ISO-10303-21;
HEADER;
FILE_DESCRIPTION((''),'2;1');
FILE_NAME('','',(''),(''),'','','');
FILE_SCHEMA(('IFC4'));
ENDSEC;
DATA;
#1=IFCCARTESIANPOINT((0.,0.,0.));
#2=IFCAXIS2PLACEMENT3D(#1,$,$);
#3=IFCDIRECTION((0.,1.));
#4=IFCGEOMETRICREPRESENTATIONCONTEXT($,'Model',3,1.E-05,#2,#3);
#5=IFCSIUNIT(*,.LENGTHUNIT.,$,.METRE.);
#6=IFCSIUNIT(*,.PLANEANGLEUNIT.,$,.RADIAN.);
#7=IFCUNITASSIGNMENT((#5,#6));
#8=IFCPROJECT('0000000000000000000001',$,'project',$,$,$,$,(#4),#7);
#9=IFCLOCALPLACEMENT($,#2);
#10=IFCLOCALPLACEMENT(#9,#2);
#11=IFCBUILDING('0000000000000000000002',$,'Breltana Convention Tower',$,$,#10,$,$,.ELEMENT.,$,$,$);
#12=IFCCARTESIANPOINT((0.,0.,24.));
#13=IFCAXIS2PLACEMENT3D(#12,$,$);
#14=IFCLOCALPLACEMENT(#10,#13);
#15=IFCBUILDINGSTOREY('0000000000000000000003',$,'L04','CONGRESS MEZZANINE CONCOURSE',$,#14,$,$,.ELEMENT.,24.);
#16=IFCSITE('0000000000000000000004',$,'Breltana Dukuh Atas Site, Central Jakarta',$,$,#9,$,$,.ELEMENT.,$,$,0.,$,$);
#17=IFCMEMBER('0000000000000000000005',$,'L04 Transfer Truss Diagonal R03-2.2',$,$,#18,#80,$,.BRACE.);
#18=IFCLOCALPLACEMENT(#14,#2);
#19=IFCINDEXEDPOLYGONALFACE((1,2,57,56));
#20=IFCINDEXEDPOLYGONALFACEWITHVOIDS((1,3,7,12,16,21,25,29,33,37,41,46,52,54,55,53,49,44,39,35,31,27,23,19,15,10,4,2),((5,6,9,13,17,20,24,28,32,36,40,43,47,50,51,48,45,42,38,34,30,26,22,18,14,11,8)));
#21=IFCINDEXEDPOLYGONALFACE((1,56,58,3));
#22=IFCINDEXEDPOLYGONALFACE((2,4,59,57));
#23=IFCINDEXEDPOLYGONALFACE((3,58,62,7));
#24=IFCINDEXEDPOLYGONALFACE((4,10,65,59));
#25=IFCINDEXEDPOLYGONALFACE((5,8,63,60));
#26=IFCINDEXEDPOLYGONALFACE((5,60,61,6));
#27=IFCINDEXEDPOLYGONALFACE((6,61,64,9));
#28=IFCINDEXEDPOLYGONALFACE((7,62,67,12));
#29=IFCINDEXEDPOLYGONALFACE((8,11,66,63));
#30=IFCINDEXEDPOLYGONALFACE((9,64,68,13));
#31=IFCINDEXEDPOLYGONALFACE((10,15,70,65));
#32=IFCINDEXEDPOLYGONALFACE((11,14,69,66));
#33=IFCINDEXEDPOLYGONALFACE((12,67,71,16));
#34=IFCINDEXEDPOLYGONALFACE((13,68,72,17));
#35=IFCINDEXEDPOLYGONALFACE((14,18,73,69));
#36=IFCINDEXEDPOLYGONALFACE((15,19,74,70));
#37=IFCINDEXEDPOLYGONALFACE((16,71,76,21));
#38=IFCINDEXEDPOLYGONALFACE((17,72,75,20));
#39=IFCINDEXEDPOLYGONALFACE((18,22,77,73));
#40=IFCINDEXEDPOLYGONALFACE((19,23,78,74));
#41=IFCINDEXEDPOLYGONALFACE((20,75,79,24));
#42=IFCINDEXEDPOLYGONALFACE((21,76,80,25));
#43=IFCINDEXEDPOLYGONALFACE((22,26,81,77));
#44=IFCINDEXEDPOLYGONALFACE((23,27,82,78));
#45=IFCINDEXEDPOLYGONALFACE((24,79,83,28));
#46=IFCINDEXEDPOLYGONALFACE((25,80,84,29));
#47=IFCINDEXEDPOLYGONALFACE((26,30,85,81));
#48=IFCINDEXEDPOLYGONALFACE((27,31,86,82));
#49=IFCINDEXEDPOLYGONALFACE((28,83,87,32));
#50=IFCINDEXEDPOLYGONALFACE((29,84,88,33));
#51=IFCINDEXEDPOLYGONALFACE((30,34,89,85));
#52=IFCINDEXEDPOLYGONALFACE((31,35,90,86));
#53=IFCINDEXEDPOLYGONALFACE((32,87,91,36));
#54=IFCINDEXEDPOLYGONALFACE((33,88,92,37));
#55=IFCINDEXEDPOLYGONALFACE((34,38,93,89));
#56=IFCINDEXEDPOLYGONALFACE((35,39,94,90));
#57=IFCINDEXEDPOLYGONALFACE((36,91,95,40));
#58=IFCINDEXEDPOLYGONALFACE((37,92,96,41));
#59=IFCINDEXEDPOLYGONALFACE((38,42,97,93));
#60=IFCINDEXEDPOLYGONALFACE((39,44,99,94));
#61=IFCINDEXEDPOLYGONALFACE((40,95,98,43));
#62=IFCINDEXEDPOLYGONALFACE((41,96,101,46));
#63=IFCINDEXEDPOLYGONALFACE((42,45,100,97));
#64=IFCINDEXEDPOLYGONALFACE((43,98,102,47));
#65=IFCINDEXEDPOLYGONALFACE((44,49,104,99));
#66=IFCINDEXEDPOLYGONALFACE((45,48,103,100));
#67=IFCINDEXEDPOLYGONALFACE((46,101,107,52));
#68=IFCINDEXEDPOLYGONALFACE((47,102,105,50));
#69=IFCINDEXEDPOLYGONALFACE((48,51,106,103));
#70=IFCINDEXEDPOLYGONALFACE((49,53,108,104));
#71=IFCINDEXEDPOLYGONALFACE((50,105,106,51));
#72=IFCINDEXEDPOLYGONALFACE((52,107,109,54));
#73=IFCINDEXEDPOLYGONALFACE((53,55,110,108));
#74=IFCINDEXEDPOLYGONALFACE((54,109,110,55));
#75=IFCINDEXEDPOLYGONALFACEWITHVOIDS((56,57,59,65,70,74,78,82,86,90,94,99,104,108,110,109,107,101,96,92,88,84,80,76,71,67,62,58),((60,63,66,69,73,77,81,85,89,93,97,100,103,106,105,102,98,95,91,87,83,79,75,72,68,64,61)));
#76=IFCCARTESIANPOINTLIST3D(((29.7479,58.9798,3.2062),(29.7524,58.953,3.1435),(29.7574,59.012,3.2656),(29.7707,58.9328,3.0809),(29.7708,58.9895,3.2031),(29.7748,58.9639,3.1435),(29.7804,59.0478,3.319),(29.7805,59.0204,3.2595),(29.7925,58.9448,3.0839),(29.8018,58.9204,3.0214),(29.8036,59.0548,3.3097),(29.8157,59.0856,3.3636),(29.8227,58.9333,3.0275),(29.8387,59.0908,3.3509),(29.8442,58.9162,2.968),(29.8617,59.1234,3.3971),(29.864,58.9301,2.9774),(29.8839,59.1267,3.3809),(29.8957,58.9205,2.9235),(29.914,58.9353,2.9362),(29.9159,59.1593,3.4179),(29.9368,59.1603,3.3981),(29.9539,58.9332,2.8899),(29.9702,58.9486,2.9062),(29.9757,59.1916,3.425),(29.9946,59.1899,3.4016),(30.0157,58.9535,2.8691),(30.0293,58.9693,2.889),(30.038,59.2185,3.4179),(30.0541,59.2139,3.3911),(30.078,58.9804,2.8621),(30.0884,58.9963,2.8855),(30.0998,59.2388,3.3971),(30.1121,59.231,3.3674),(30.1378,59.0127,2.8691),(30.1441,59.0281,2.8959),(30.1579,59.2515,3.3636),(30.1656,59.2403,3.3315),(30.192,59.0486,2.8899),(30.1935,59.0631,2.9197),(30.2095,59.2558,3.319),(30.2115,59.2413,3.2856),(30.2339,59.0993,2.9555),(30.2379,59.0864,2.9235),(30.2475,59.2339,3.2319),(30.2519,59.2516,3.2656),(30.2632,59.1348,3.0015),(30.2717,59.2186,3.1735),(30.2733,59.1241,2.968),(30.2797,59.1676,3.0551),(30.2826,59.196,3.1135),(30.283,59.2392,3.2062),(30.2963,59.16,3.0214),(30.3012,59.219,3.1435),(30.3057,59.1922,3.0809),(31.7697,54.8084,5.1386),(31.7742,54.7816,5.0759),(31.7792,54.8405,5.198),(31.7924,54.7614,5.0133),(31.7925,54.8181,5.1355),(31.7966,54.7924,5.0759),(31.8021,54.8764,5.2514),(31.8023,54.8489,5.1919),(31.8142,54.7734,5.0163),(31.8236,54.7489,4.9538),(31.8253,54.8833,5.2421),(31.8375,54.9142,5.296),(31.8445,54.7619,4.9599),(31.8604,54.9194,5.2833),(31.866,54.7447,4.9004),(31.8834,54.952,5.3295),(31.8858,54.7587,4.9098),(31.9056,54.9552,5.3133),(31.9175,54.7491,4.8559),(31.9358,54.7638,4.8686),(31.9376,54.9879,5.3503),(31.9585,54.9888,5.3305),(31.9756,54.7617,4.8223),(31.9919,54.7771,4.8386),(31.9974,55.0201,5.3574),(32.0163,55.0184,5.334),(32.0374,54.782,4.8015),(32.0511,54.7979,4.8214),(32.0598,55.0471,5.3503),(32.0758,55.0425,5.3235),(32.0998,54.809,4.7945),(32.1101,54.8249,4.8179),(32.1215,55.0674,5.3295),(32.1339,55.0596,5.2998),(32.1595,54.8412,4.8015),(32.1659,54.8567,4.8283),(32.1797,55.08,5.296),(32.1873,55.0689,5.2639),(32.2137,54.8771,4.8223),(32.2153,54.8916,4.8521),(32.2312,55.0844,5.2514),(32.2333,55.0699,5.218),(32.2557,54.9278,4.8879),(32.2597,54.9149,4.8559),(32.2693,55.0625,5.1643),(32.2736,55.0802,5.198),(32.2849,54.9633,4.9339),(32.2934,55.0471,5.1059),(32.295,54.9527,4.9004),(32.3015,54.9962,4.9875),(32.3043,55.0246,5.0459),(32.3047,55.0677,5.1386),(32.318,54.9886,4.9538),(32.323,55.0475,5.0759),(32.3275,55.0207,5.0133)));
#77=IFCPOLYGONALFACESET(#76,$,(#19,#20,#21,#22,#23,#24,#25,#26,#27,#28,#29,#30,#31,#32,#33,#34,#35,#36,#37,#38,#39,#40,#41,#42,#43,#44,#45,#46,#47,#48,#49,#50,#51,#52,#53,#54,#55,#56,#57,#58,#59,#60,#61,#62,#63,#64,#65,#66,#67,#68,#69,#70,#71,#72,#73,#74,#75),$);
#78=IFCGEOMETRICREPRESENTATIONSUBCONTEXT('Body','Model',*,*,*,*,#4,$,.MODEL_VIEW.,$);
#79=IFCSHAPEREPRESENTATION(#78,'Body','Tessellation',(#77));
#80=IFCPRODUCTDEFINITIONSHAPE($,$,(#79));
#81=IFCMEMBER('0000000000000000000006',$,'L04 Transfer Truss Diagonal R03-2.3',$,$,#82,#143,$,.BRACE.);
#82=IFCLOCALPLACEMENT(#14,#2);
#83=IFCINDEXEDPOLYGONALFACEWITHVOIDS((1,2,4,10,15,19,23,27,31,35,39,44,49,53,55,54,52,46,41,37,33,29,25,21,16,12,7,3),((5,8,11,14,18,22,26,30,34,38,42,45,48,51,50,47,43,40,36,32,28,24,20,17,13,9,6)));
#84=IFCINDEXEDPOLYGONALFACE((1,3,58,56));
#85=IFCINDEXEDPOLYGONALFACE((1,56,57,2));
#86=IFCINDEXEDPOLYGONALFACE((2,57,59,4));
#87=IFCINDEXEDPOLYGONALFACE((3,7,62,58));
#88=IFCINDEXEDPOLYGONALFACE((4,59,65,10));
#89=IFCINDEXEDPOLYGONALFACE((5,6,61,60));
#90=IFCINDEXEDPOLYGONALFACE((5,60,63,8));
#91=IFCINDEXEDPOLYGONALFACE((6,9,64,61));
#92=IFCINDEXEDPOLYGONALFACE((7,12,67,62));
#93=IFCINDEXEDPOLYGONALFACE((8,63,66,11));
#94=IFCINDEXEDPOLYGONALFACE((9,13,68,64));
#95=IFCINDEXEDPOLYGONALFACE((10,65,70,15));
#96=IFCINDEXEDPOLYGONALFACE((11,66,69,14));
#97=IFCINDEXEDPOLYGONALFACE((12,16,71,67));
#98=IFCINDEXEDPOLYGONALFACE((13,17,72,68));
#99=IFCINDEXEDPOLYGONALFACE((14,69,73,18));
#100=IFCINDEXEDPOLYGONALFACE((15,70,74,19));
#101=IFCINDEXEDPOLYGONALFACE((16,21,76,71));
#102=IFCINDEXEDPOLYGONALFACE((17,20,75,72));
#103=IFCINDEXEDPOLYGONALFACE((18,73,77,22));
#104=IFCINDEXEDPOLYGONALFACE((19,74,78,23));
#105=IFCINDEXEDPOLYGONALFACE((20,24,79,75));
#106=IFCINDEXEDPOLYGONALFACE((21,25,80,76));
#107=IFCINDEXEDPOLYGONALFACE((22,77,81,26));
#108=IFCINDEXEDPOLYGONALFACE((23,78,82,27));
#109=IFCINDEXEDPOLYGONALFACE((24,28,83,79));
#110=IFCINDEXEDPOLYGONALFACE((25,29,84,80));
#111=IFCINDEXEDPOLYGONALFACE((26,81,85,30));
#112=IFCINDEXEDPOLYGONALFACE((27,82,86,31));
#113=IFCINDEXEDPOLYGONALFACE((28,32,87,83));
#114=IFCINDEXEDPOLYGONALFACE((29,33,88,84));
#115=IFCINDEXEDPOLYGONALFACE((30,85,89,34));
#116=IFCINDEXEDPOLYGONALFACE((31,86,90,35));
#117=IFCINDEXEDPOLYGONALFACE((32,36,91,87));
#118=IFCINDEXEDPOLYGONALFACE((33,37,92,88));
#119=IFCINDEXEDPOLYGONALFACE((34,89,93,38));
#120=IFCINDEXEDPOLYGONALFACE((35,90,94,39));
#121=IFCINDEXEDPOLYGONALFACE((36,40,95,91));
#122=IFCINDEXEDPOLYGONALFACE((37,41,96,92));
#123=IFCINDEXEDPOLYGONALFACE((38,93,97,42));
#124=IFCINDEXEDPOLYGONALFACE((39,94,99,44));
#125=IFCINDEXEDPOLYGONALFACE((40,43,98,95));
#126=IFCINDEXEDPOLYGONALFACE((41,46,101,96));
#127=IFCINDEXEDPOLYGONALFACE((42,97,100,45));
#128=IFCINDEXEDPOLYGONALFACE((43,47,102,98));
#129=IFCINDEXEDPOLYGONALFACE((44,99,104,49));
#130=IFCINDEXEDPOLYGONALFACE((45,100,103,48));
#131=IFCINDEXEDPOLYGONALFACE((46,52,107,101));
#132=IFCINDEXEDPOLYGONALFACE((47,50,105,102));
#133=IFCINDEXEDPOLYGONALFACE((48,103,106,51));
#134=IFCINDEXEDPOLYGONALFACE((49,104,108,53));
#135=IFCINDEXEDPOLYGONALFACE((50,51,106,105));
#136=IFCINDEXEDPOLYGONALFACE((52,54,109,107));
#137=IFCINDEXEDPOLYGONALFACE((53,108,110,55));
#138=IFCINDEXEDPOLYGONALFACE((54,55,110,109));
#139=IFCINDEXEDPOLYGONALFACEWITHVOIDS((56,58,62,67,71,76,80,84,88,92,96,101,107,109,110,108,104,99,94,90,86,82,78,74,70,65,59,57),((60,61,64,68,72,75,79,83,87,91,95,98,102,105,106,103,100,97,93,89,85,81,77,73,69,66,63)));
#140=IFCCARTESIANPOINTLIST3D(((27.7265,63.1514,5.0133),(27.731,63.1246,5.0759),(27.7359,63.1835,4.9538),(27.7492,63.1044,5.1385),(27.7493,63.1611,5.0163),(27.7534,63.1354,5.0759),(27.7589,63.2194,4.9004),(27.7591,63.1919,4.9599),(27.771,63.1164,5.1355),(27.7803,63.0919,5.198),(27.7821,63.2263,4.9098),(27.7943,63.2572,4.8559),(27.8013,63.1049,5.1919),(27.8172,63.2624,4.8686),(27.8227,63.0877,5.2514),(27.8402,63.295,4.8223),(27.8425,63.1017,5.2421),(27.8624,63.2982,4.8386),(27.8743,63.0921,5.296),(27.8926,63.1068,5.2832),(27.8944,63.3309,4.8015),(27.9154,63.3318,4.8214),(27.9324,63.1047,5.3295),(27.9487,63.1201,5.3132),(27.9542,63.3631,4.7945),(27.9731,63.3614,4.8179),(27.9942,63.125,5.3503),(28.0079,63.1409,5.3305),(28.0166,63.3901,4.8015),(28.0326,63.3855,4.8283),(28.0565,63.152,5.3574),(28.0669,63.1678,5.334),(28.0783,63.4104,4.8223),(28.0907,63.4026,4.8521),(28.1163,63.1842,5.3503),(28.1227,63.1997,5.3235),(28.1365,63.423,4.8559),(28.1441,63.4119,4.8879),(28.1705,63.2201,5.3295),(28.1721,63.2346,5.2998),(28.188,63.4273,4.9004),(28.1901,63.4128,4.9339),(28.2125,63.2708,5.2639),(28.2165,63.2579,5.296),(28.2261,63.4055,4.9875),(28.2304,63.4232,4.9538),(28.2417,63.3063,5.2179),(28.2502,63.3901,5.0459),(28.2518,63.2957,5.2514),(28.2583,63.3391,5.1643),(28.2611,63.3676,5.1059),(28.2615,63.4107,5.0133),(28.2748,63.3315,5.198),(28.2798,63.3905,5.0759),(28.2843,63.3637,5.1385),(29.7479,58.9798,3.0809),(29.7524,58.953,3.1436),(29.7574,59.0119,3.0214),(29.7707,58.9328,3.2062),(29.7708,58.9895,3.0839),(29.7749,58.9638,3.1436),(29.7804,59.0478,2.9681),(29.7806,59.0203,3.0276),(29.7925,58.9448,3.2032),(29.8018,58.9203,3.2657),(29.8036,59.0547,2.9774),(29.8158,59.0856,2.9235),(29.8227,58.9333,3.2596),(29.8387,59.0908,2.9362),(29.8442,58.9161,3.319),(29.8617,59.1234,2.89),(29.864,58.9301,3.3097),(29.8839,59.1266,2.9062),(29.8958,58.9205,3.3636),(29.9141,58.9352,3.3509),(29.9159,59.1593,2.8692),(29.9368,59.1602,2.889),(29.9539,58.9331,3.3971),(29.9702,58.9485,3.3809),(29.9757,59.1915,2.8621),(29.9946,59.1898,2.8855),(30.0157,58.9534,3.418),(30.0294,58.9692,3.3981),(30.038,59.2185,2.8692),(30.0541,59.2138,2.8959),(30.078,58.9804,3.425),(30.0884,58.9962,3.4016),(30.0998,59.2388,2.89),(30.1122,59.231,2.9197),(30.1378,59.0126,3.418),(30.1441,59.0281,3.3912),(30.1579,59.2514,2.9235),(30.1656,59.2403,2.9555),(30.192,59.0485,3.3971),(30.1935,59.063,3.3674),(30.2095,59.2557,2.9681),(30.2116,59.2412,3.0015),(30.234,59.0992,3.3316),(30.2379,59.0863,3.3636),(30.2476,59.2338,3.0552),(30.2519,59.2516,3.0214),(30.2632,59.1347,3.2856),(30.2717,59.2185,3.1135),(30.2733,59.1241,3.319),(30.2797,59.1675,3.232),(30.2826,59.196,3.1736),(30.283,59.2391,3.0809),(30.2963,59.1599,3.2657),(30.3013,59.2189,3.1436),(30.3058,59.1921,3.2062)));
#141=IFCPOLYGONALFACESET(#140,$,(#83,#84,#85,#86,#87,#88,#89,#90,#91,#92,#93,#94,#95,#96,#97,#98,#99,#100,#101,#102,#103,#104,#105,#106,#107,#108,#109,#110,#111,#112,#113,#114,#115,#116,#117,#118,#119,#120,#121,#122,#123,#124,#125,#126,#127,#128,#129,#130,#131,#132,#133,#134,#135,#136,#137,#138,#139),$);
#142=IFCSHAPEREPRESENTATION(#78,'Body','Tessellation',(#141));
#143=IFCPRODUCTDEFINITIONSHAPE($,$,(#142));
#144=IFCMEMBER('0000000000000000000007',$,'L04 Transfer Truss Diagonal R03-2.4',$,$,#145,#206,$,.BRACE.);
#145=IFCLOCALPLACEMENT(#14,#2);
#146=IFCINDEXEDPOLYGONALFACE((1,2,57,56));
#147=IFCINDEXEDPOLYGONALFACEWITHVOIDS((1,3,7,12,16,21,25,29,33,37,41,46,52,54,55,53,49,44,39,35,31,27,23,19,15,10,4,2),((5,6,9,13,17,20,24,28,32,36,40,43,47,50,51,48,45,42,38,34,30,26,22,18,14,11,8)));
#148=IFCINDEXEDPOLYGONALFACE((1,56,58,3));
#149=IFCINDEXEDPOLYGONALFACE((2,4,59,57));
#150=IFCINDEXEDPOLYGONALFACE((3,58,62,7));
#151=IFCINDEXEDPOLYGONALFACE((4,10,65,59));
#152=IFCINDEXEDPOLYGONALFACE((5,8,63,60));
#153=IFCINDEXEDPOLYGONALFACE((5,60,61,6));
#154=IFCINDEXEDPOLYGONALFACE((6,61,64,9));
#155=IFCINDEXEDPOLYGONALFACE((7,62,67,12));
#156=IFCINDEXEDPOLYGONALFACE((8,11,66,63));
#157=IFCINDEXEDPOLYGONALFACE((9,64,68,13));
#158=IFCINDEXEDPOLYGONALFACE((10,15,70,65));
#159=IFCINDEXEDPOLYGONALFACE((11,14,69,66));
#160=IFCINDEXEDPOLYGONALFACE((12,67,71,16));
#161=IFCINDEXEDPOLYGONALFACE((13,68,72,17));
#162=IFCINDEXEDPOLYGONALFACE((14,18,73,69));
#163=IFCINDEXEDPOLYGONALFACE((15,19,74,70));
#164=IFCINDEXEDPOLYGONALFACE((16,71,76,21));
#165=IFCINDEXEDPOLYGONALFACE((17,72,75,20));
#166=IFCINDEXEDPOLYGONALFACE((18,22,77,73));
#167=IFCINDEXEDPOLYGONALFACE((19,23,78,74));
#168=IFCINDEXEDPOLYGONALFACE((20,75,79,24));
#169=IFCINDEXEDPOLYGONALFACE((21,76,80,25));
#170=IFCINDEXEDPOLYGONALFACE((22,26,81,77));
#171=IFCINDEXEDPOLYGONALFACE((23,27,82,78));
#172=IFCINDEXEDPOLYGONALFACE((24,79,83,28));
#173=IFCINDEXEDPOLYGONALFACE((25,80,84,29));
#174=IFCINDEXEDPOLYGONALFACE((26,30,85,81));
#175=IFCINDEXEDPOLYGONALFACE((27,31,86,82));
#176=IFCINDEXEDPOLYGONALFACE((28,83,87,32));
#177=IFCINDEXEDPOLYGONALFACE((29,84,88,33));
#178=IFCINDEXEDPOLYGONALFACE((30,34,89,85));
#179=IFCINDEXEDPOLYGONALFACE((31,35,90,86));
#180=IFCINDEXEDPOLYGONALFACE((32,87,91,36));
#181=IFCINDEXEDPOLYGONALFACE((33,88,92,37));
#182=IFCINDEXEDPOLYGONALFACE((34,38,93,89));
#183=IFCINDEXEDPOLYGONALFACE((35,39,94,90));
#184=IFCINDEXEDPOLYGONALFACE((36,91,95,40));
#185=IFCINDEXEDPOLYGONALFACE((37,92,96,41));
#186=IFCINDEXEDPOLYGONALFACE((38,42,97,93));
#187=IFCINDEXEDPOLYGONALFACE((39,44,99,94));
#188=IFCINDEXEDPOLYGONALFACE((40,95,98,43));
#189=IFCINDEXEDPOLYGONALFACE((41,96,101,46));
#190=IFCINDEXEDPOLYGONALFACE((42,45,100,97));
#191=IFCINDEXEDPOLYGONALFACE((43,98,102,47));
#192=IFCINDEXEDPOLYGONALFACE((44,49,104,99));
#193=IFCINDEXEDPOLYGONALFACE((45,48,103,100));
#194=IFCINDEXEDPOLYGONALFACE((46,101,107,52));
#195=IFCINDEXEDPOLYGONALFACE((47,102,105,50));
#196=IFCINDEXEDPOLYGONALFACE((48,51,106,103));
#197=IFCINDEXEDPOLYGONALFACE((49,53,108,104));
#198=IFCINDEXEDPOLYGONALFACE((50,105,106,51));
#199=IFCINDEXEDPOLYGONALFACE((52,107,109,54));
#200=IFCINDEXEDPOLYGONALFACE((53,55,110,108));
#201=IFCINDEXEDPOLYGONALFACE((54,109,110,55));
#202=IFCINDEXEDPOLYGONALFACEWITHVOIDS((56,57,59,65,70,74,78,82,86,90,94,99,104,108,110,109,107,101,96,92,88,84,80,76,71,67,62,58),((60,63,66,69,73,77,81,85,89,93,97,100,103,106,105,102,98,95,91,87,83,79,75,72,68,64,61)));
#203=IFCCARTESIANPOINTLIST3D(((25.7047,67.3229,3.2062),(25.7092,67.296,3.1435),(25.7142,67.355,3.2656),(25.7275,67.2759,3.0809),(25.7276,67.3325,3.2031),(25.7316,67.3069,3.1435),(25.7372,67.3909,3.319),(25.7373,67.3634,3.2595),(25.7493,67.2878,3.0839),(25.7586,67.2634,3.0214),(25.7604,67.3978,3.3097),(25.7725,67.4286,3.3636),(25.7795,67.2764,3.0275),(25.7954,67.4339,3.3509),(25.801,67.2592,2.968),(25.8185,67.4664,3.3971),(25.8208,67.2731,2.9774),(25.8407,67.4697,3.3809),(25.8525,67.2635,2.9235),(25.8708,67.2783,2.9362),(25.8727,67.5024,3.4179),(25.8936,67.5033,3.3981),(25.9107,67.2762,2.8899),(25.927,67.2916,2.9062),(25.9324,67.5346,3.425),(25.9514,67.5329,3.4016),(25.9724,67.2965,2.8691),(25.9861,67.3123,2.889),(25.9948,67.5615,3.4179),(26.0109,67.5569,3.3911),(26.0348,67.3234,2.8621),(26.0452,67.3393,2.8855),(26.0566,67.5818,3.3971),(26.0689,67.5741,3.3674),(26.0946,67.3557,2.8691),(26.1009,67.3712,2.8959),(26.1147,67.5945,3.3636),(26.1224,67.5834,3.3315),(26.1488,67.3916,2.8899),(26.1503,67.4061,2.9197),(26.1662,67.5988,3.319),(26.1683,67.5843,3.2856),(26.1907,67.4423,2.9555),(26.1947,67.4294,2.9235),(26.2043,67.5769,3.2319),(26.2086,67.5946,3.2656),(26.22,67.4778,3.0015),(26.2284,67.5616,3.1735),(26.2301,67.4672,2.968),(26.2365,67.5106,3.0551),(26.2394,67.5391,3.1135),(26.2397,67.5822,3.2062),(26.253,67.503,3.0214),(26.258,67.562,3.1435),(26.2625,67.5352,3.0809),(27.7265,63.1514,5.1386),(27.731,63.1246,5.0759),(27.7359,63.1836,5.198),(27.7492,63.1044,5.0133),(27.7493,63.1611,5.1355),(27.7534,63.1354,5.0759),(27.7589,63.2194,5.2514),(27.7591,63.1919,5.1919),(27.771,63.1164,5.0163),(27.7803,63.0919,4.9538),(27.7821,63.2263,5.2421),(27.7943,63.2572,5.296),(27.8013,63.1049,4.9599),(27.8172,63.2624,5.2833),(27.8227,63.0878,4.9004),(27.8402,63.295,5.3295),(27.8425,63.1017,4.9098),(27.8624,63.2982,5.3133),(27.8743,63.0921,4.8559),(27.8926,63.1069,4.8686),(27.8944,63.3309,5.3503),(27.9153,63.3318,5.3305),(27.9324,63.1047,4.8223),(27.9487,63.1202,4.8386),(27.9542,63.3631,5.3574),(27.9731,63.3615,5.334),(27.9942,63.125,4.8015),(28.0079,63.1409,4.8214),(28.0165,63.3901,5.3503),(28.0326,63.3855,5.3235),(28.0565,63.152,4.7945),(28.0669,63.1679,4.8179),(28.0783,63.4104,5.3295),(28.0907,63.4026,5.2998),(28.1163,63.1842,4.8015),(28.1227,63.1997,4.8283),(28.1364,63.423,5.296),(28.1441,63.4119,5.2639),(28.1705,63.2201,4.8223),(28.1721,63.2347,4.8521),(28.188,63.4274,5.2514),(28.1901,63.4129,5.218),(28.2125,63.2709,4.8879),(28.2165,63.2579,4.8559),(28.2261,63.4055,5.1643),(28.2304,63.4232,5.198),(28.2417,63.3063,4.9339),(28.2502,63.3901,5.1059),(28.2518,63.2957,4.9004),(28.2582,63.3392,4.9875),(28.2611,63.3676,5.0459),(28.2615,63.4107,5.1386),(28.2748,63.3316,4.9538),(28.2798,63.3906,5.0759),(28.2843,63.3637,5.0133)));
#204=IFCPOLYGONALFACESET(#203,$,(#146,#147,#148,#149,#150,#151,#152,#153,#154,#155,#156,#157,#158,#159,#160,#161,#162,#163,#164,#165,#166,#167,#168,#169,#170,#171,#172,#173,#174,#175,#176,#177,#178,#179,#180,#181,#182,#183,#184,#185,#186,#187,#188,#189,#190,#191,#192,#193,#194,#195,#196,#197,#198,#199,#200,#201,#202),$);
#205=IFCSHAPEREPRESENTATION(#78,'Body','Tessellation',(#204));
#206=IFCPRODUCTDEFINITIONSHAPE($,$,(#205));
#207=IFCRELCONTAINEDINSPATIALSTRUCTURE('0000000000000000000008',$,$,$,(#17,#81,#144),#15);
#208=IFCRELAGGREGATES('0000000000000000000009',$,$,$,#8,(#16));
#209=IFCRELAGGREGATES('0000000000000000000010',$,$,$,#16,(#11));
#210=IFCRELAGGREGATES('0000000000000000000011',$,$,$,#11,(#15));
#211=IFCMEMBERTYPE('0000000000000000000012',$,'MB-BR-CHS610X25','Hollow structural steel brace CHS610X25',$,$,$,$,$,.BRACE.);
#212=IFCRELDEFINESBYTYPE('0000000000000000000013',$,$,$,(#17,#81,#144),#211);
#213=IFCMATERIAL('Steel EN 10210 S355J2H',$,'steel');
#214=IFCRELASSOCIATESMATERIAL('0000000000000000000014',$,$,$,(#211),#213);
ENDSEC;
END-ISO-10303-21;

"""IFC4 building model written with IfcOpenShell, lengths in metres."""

from ifc_helpers import new_model, si_unit, direction, frame, origin, origin_2d, place, context, subcontext, project, spatial, hollow_circle, extrude, source, transform, mapped, material, material_profile, profile_set, type_object, element, save


model = new_model("IFC4")

# Units and contexts
model_context = context("Model", 3, precision=1e-05, world=origin(), true_north=direction((0.0, 1.0)))
body_context = subcontext(model_context, "Body", "Model", "MODEL_VIEW")
ifc_project = project(units=[si_unit("LENGTHUNIT", "METRE"), si_unit("PLANEANGLEUNIT", "RADIAN")], contexts=[model_context])

# Site, building, storey
site_placement = place(None, origin())
site = spatial("IfcSite", under=ifc_project, at=site_placement, Name="Breltana Dukuh Atas Site, Central Jakarta", CompositionType="ELEMENT", RefElevation=0.0)
building_placement = place(site_placement, origin())
building = spatial("IfcBuilding", under=site, at=building_placement, Name="Breltana Convention Tower", CompositionType="ELEMENT")
storey_placement = place(building_placement, frame((0.0, 0.0, 24.0)))
storey = spatial("IfcBuildingStorey", under=building, at=storey_placement, Name="L04", Description="CONGRESS MEZZANINE CONCOURSE", CompositionType="ELEMENT", Elevation=24.0)

# Members
ifc_material_1 = material(Name="Steel EN 10210 S355J2H", Category="steel")
ifc_material_profile_1 = material_profile(ifc_material_1, hollow_circle(Radius=0.3049, WallThickness=0.0249, at=origin_2d()), Name="CHS610X25")
ifc_profile_set_1 = profile_set([ifc_material_profile_1], Name="Steel EN 10210 S355J2H")
member_type_1 = type_object("IfcMemberType", Name="MB-BR-CHS610X25", Description="Hollow structural steel brace CHS610X25", PredefinedType="BRACE", material=ifc_profile_set_1)
shared_shape_1 = source(origin(), body_context, "Body", "SweptSolid", [
    extrude(hollow_circle(Radius=0.3049, WallThickness=0.0249, at=origin_2d()), origin(), (0.0, 0.0, 1.0), 5.0222),
])
for number, where, z_axis, x_axis, name in (
    (1, (32.0486, 54.9146, 5.0759), (-0.402563, 0.830599, -0.384771), (-0.899879, -0.43614, 0.0), "L04 Transfer Truss Diagonal R03-2.2"),
    (2, (30.0269, 59.0859, 3.1436), (-0.402506, 0.83063, 0.384763), (-0.899909, -0.436077, 0.0), "L04 Transfer Truss Diagonal R03-2.3"),
    (3, (28.0054, 63.2576, 5.0759), (-0.402563, 0.830599, -0.384771), (-0.899879, -0.43614, 0.0), "L04 Transfer Truss Diagonal R03-2.4"),
):
    element("IfcMember", number, at=place(storey_placement, frame(where, z_axis=z_axis, x_axis=x_axis)), inside=storey, type_object=member_type_1, Name=name, PredefinedType="BRACE", context=body_context, shape_type="MappedRepresentation", body=[
        mapped(shared_shape_1, transform((0.0, 0.0, 0.0), scale=1.0)),
    ])

save(model, "model.ifc")
